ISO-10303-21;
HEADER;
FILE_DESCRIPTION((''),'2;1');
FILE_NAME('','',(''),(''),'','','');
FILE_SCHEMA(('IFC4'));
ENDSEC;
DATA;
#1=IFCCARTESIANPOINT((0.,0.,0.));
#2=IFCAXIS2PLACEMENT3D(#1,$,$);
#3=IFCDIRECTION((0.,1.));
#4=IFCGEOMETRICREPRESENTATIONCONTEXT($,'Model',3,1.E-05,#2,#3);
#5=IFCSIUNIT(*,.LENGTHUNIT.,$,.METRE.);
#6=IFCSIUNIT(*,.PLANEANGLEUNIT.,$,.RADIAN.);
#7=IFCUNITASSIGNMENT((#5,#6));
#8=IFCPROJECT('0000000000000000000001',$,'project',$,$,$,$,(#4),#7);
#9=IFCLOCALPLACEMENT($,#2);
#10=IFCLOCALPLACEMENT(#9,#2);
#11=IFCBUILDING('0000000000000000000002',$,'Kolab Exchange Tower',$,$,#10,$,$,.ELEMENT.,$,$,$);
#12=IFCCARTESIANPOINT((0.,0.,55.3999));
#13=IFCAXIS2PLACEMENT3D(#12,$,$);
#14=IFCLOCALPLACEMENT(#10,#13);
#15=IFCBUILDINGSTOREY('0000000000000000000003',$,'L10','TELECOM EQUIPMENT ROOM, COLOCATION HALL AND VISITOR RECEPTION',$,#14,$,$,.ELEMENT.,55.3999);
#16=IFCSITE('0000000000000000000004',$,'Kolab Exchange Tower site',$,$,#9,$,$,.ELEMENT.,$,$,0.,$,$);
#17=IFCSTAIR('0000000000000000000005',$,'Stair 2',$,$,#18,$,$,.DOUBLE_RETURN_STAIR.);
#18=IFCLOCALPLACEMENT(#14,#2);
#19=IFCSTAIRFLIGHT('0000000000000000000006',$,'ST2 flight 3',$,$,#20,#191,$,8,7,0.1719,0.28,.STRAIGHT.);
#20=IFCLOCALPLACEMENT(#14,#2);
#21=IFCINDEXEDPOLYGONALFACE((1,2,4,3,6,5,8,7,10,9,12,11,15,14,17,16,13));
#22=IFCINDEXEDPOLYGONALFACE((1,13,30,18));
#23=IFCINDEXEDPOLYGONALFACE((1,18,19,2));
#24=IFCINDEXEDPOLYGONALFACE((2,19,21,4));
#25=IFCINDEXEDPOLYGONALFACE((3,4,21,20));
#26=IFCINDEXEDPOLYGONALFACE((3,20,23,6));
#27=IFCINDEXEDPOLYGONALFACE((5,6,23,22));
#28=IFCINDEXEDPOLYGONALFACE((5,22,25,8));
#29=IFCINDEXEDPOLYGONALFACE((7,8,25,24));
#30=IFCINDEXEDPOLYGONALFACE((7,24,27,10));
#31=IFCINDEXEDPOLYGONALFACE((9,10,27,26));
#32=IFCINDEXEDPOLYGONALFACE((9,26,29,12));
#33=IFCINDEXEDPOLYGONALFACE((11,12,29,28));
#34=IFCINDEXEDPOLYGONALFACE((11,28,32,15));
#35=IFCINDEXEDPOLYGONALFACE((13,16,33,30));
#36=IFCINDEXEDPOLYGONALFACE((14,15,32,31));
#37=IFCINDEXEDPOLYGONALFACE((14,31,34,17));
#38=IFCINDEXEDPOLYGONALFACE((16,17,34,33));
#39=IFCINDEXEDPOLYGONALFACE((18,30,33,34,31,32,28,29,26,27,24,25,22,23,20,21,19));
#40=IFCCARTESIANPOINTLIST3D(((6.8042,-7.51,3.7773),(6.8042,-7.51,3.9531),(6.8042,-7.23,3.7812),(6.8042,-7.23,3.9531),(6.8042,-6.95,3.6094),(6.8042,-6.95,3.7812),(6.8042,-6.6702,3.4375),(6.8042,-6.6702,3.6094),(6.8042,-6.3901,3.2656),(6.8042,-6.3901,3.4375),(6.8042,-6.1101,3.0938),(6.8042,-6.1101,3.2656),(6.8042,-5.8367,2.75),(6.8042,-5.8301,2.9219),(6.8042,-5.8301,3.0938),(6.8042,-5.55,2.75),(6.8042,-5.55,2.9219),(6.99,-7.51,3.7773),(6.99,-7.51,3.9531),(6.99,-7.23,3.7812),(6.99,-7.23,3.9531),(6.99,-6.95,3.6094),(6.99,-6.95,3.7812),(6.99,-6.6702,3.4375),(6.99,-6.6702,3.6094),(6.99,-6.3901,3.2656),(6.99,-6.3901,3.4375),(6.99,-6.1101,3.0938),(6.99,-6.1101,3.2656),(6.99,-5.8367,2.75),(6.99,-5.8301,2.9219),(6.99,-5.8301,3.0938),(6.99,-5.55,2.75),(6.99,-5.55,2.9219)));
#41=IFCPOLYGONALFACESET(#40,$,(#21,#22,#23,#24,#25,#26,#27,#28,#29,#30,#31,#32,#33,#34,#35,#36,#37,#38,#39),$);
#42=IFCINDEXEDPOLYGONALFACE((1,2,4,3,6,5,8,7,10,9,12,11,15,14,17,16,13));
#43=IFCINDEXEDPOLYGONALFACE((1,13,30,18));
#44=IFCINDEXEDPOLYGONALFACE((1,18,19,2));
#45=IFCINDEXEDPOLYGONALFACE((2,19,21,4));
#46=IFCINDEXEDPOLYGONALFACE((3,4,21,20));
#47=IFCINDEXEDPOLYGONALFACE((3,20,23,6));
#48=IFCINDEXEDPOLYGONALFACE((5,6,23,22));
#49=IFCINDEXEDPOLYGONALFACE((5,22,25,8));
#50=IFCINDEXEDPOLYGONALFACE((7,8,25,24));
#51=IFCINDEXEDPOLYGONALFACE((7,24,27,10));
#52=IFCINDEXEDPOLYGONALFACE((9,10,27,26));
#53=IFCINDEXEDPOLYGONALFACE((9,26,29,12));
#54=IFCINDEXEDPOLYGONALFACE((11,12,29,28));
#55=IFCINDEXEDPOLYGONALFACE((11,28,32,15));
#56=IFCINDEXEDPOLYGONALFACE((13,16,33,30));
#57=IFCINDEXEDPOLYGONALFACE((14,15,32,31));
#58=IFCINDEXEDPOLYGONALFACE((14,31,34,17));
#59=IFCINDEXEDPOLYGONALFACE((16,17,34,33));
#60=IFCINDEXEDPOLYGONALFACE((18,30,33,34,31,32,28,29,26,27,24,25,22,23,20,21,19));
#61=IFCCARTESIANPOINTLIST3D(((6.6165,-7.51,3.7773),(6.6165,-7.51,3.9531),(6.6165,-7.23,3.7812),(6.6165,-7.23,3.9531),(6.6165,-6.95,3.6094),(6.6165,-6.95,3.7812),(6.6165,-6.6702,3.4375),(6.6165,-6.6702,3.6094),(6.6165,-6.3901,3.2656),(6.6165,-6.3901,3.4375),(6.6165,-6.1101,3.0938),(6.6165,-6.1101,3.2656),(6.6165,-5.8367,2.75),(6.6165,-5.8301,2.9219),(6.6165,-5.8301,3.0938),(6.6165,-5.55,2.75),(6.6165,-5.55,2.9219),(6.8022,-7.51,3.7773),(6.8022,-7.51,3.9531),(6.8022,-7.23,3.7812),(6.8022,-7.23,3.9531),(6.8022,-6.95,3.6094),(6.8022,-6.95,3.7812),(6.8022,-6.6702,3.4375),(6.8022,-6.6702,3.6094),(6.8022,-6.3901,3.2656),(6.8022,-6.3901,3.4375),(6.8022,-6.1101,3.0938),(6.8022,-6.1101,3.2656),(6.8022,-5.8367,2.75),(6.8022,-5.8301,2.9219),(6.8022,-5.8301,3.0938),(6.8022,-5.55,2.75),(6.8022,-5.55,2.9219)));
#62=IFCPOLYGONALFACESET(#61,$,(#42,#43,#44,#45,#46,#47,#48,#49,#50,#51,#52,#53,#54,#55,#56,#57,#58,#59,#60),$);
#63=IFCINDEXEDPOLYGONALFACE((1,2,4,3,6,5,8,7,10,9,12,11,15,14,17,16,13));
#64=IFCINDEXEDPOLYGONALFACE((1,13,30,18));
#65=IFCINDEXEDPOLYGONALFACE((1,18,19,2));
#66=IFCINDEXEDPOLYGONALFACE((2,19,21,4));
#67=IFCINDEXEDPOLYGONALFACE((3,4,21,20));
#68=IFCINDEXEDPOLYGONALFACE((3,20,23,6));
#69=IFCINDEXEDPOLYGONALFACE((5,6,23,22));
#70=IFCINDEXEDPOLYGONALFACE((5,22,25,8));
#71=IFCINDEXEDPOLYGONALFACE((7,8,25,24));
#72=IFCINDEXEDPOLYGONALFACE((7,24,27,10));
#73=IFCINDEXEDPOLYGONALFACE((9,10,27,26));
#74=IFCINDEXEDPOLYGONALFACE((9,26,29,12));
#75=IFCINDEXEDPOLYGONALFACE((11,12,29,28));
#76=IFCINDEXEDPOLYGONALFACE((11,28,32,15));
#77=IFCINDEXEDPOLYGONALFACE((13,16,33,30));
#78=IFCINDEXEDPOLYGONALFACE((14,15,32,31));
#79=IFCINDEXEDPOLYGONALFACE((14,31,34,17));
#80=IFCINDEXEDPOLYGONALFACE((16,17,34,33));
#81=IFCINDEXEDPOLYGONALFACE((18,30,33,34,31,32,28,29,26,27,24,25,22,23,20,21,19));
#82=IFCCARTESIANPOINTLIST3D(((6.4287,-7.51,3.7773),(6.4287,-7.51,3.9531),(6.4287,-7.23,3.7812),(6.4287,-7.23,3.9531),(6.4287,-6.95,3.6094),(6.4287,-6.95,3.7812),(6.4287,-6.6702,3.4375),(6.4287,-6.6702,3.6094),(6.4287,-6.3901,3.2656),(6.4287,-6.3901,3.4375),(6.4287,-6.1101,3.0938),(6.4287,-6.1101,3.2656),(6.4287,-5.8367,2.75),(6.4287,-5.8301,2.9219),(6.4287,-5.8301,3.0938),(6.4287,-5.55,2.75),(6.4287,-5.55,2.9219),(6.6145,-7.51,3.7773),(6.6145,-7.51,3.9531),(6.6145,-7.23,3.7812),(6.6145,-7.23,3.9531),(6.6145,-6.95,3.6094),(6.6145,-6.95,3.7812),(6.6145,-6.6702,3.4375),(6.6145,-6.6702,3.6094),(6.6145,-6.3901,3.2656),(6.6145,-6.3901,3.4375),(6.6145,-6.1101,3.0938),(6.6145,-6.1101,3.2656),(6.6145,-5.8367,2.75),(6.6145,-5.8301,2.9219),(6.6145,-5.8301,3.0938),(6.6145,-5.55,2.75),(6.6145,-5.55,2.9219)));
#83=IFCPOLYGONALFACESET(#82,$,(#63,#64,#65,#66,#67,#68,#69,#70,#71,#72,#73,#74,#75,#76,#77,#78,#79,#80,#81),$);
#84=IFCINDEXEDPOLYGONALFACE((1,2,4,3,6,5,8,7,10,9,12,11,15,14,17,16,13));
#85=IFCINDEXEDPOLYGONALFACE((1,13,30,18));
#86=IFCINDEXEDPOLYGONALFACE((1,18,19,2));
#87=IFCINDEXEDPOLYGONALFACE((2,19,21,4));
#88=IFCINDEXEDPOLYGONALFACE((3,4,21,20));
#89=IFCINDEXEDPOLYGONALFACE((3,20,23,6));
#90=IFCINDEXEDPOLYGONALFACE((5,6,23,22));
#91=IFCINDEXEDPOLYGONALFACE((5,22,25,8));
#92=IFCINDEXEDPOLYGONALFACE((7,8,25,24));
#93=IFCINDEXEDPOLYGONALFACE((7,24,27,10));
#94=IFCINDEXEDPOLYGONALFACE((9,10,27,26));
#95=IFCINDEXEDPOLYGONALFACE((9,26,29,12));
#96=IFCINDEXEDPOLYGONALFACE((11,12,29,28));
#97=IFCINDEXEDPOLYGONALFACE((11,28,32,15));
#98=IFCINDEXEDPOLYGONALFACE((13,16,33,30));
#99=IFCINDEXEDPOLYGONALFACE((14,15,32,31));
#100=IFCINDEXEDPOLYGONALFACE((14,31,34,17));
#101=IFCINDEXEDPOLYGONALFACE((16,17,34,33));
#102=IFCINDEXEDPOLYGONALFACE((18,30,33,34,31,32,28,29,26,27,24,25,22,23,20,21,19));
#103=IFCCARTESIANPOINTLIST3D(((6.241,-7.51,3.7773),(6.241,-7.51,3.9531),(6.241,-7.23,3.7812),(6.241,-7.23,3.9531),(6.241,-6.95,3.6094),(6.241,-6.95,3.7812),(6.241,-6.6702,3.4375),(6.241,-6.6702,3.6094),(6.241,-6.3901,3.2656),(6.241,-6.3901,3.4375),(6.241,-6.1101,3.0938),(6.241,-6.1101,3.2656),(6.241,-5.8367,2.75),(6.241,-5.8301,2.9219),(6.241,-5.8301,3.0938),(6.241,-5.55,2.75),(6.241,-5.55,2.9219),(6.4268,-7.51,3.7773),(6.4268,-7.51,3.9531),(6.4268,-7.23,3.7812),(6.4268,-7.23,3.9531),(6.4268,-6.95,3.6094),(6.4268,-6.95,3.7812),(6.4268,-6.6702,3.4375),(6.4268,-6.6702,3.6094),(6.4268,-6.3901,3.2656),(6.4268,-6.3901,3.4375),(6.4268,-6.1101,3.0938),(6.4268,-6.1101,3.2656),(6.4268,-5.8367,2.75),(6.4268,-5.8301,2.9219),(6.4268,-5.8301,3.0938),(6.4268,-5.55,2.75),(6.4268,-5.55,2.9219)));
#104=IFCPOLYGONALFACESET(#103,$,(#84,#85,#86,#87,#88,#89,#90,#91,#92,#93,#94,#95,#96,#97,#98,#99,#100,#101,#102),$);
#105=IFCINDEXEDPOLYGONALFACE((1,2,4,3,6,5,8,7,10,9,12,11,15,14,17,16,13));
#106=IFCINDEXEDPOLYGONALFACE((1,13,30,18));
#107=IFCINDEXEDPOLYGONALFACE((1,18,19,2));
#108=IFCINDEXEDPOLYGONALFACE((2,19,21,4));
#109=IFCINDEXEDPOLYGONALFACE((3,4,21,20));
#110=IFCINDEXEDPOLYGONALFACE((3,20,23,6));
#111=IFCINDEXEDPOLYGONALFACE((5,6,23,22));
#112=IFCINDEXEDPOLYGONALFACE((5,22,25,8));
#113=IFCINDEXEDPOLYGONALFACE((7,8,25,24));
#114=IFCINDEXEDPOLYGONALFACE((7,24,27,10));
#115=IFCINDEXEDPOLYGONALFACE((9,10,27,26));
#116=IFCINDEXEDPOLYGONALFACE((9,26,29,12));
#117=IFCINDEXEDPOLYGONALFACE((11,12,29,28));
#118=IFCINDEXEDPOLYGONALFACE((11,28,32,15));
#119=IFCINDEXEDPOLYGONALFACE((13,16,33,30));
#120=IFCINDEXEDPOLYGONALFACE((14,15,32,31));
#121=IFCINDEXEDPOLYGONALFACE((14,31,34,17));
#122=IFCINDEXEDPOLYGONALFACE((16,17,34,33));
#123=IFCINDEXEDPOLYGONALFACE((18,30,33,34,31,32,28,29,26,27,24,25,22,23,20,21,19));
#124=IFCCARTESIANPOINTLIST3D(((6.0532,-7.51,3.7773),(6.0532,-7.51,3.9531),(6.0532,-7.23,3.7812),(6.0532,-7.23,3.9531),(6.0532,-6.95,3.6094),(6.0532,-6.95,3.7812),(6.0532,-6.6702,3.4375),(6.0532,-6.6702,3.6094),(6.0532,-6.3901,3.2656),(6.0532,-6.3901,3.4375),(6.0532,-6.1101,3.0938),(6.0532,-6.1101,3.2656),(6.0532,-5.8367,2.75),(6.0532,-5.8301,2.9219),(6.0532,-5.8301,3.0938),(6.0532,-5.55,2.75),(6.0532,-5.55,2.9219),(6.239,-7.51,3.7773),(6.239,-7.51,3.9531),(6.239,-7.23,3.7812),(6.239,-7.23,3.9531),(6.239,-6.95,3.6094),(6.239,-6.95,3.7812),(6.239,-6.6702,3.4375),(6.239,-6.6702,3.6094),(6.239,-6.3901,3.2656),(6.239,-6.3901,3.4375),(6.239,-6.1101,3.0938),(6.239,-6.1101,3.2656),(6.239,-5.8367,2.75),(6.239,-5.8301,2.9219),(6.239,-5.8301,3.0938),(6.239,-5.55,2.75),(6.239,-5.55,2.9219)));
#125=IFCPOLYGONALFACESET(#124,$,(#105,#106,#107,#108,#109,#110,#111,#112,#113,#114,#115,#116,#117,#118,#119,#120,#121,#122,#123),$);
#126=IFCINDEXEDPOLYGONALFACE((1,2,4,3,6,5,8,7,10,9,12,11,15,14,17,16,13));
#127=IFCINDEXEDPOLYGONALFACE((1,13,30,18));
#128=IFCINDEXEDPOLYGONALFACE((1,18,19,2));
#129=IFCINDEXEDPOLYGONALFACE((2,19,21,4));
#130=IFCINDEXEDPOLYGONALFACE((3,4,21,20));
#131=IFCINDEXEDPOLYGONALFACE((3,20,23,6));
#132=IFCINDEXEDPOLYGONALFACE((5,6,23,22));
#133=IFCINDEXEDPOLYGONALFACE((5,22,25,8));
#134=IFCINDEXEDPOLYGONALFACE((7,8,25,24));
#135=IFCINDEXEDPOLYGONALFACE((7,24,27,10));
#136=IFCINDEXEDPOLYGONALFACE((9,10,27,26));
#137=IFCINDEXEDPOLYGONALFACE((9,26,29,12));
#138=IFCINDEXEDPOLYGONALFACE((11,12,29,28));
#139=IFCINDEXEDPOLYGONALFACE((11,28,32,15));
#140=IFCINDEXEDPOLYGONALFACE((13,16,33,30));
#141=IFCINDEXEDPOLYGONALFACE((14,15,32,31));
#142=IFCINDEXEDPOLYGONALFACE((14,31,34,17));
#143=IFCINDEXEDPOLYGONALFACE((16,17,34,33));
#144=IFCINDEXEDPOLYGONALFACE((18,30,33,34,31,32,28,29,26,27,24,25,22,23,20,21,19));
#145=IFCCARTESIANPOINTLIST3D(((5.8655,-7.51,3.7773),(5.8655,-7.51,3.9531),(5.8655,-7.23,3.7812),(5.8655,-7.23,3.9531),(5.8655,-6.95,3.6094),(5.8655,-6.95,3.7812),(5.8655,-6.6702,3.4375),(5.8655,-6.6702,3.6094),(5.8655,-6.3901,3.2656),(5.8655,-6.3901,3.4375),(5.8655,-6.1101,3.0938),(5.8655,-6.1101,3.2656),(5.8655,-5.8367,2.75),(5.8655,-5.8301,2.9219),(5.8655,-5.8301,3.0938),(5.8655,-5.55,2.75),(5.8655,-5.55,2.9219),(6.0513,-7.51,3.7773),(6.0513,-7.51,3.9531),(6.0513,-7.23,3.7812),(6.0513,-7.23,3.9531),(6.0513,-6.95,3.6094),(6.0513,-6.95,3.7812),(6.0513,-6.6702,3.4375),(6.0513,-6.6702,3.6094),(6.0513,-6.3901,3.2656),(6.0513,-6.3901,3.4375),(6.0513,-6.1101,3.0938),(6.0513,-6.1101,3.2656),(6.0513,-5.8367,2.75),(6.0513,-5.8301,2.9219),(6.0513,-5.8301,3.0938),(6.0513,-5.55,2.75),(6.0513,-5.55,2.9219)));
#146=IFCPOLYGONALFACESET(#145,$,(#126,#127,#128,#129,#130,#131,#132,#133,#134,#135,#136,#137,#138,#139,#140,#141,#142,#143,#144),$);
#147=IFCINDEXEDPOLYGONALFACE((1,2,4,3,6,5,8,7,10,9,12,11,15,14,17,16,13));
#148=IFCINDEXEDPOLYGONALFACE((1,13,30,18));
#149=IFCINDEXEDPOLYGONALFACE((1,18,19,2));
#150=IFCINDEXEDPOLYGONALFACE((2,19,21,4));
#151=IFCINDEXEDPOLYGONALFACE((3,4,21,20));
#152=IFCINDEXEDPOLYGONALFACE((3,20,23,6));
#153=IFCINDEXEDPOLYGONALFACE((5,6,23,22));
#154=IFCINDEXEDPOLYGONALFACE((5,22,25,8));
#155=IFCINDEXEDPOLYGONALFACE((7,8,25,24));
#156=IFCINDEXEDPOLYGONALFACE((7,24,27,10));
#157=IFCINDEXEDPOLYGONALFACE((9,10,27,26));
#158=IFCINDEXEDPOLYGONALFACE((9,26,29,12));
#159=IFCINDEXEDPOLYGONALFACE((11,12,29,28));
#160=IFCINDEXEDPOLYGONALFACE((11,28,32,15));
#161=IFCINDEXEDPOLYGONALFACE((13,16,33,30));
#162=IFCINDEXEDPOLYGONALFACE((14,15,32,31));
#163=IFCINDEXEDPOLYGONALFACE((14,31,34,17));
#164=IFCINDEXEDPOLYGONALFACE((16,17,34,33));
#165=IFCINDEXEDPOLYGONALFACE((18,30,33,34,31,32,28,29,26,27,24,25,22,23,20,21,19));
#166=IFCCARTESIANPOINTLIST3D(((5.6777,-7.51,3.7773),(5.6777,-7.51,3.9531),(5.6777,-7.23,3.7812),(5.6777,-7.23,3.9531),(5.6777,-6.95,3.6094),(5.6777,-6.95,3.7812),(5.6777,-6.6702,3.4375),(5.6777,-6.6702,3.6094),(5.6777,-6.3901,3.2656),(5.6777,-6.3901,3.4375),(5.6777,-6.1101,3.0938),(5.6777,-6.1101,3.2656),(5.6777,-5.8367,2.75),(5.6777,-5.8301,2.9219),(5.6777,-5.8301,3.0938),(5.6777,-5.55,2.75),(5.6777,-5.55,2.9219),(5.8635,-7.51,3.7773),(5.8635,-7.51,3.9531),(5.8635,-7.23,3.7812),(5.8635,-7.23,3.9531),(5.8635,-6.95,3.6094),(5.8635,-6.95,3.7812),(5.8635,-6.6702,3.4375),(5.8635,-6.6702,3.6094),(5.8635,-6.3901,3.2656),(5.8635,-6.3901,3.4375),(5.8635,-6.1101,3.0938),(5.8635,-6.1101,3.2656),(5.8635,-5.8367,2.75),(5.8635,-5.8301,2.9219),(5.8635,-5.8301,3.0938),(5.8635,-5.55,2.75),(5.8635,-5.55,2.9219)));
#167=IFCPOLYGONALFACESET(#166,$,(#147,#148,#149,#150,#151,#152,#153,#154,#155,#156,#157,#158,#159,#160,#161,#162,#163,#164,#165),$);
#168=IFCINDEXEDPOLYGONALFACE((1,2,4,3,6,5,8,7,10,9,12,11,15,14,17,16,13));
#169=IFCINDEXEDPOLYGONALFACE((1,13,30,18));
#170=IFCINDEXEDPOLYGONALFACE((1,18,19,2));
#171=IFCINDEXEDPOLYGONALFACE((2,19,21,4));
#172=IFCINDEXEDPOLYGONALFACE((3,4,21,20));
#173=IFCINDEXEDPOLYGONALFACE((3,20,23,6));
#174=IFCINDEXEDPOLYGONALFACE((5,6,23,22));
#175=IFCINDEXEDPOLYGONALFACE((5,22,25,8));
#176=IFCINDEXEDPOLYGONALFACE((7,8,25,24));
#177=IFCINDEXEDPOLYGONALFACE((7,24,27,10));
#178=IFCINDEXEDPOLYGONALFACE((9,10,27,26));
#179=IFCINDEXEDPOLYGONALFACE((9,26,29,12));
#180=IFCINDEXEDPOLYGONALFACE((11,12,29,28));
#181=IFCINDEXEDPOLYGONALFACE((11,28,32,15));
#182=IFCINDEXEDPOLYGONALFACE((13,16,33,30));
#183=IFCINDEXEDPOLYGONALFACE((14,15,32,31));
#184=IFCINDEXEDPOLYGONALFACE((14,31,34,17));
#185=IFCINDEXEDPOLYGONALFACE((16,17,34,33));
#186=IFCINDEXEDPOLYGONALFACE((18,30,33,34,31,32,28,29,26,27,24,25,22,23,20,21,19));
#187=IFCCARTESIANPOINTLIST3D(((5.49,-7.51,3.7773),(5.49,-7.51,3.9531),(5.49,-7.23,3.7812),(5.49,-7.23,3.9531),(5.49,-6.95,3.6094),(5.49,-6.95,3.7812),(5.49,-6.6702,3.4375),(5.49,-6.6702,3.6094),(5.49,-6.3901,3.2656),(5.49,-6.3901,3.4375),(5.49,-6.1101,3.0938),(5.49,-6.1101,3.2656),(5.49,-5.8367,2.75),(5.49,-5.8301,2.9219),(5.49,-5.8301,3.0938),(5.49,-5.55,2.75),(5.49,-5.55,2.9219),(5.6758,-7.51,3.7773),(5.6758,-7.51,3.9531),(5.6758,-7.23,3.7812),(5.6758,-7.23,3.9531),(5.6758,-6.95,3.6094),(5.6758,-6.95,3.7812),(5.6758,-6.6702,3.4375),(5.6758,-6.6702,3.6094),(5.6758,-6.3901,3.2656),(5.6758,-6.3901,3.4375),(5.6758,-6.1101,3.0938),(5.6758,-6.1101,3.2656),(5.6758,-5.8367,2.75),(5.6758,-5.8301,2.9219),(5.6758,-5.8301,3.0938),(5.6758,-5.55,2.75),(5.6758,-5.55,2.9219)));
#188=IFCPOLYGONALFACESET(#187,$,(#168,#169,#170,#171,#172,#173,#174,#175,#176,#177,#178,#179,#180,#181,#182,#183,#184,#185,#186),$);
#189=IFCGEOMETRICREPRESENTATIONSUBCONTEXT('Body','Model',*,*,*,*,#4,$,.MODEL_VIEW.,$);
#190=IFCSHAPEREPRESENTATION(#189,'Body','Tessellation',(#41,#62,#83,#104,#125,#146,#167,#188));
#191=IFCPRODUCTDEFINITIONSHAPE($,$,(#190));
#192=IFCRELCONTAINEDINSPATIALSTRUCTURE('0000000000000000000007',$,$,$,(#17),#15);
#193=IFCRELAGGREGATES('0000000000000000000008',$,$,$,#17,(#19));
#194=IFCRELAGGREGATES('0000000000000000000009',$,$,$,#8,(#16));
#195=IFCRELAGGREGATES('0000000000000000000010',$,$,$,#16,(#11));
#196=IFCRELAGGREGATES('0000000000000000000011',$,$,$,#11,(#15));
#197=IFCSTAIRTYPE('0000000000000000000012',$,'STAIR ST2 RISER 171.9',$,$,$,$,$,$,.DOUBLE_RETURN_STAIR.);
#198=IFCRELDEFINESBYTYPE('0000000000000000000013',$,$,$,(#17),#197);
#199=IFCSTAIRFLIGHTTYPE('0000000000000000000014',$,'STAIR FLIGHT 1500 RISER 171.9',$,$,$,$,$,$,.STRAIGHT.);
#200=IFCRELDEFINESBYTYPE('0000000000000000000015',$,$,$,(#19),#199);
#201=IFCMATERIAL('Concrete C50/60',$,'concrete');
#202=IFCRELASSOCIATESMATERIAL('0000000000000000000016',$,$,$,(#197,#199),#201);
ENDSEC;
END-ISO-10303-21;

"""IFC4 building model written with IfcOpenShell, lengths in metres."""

from ifc_helpers import new_model, si_unit, direction, frame, origin, place, context, subcontext, project, spatial, polyline, outline, extrude, material, type_object, element, aggregate, save


model = new_model("IFC4")

# Units and contexts
model_context = context("Model", 3, precision=1e-05, world=origin(), true_north=direction((0.0, 1.0)))
body_context = subcontext(model_context, "Body", "Model", "MODEL_VIEW")
ifc_project = project(units=[si_unit("LENGTHUNIT", "METRE"), si_unit("PLANEANGLEUNIT", "RADIAN")], contexts=[model_context])

# Site, building, storey
site_placement = place(None, origin())
site = spatial("IfcSite", under=ifc_project, at=site_placement, Name="Kolab Exchange Tower site", CompositionType="ELEMENT", RefElevation=0.0)
building_placement = place(site_placement, origin())
building = spatial("IfcBuilding", under=site, at=building_placement, Name="Kolab Exchange Tower", CompositionType="ELEMENT")
storey_placement = place(building_placement, frame((0.0, 0.0, 55.3999)))
storey = spatial("IfcBuildingStorey", under=building, at=storey_placement, Name="L10", Description="TELECOM EQUIPMENT ROOM, COLOCATION HALL AND VISITOR RECEPTION", CompositionType="ELEMENT", Elevation=55.3999)

# Shared definitions
ifc_material_1 = material(Name="Concrete C50/60", Category="concrete")

# Stair, stair flight
stair_type = type_object("IfcStairType", Name="STAIR ST2 RISER 171.9", PredefinedType="DOUBLE_RETURN_STAIR", material=ifc_material_1)
stair_placement = place(storey_placement, origin())
stair = element("IfcStair", 1, at=stair_placement, inside=storey, type_object=stair_type, Name="Stair 2", PredefinedType="DOUBLE_RETURN_STAIR")
stair_flight_type = type_object("IfcStairFlightType", Name="STAIR FLIGHT 1500 RISER 171.9", PredefinedType="STRAIGHT", material=ifc_material_1)
stair_flight_1_placement = place(storey_placement, frame((6.24, -5.55, 2.75), z_axis=(0.0, 0.0, 1.0), x_axis=(0.0, -1.0, 0.0)))
stair_flight_1 = element("IfcStairFlight", 2, at=stair_flight_1_placement, type_object=stair_flight_type, Name="ST2 flight 3", NumberOfRisers=8, NumberOfTreads=7, PredefinedType="STRAIGHT", RiserHeight=0.1719, TreadLength=0.28, context=body_context, shape_type="SweptSolid", body=[
    extrude(outline(polyline([(0.0, 0.0), (0.0, 0.1719), (0.28, 0.1719), (0.28, 0.3438), (0.5601, 0.3438), (0.5601, 0.5156), (0.8401, 0.5156), (0.8401, 0.6875), (1.1201, 0.6875), (1.1201, 0.8594), (1.3999, 0.8594), (1.3999, 1.0312), (1.6799, 1.0312), (1.6799, 1.2031), (1.96, 1.2031), (1.96, 1.375), (1.96, 1.0273), (0.2866, 0.0), (0.0, 0.0)])), frame((0.0, 0.75, 0.0), z_axis=(0.0, -1.0, 0.0), x_axis=(1.0, 0.0, 0.0)), (0.0, 0.0, 1.0), 0.1858),
    extrude(outline(polyline([(0.0, 0.0), (0.0, 0.1719), (0.28, 0.1719), (0.28, 0.3438), (0.5601, 0.3438), (0.5601, 0.5156), (0.8401, 0.5156), (0.8401, 0.6875), (1.1201, 0.6875), (1.1201, 0.8594), (1.3999, 0.8594), (1.3999, 1.0312), (1.6799, 1.0312), (1.6799, 1.2031), (1.96, 1.2031), (1.96, 1.375), (1.96, 1.0273), (0.2866, 0.0), (0.0, 0.0)])), frame((0.0, 0.5623, 0.0), z_axis=(0.0, -1.0, 0.0), x_axis=(1.0, 0.0, 0.0)), (0.0, 0.0, 1.0), 0.1858),
    extrude(outline(polyline([(0.0, 0.0), (0.0, 0.1719), (0.28, 0.1719), (0.28, 0.3438), (0.5601, 0.3438), (0.5601, 0.5156), (0.8401, 0.5156), (0.8401, 0.6875), (1.1201, 0.6875), (1.1201, 0.8594), (1.3999, 0.8594), (1.3999, 1.0312), (1.6799, 1.0312), (1.6799, 1.2031), (1.96, 1.2031), (1.96, 1.375), (1.96, 1.0273), (0.2866, 0.0), (0.0, 0.0)])), frame((0.0, 0.3745, 0.0), z_axis=(0.0, -1.0, 0.0), x_axis=(1.0, 0.0, 0.0)), (0.0, 0.0, 1.0), 0.1858),
    extrude(outline(polyline([(0.0, 0.0), (0.0, 0.1719), (0.28, 0.1719), (0.28, 0.3438), (0.5601, 0.3438), (0.5601, 0.5156), (0.8401, 0.5156), (0.8401, 0.6875), (1.1201, 0.6875), (1.1201, 0.8594), (1.3999, 0.8594), (1.3999, 1.0312), (1.6799, 1.0312), (1.6799, 1.2031), (1.96, 1.2031), (1.96, 1.375), (1.96, 1.0273), (0.2866, 0.0), (0.0, 0.0)])), frame((0.0, 0.1868, 0.0), z_axis=(0.0, -1.0, 0.0), x_axis=(1.0, 0.0, 0.0)), (0.0, 0.0, 1.0), 0.1858),
    extrude(outline(polyline([(0.0, 0.0), (0.0, 0.1719), (0.28, 0.1719), (0.28, 0.3438), (0.5601, 0.3438), (0.5601, 0.5156), (0.8401, 0.5156), (0.8401, 0.6875), (1.1201, 0.6875), (1.1201, 0.8594), (1.3999, 0.8594), (1.3999, 1.0312), (1.6799, 1.0312), (1.6799, 1.2031), (1.96, 1.2031), (1.96, 1.375), (1.96, 1.0273), (0.2866, 0.0), (0.0, 0.0)])), frame((0.0, -0.001, 0.0), z_axis=(0.0, -1.0, 0.0), x_axis=(1.0, 0.0, 0.0)), (0.0, 0.0, 1.0), 0.1858),
    extrude(outline(polyline([(0.0, 0.0), (0.0, 0.1719), (0.28, 0.1719), (0.28, 0.3438), (0.5601, 0.3438), (0.5601, 0.5156), (0.8401, 0.5156), (0.8401, 0.6875), (1.1201, 0.6875), (1.1201, 0.8594), (1.3999, 0.8594), (1.3999, 1.0312), (1.6799, 1.0312), (1.6799, 1.2031), (1.96, 1.2031), (1.96, 1.375), (1.96, 1.0273), (0.2866, 0.0), (0.0, 0.0)])), frame((0.0, -0.1887, 0.0), z_axis=(0.0, -1.0, 0.0), x_axis=(1.0, 0.0, 0.0)), (0.0, 0.0, 1.0), 0.1858),
    extrude(outline(polyline([(0.0, 0.0), (0.0, 0.1719), (0.28, 0.1719), (0.28, 0.3438), (0.5601, 0.3438), (0.5601, 0.5156), (0.8401, 0.5156), (0.8401, 0.6875), (1.1201, 0.6875), (1.1201, 0.8594), (1.3999, 0.8594), (1.3999, 1.0312), (1.6799, 1.0312), (1.6799, 1.2031), (1.96, 1.2031), (1.96, 1.375), (1.96, 1.0273), (0.2866, 0.0), (0.0, 0.0)])), frame((0.0, -0.3765, 0.0), z_axis=(0.0, -1.0, 0.0), x_axis=(1.0, 0.0, 0.0)), (0.0, 0.0, 1.0), 0.1858),
    extrude(outline(polyline([(0.0, 0.0), (0.0, 0.1719), (0.28, 0.1719), (0.28, 0.3438), (0.5601, 0.3438), (0.5601, 0.5156), (0.8401, 0.5156), (0.8401, 0.6875), (1.1201, 0.6875), (1.1201, 0.8594), (1.3999, 0.8594), (1.3999, 1.0312), (1.6799, 1.0312), (1.6799, 1.2031), (1.96, 1.2031), (1.96, 1.375), (1.96, 1.0273), (0.2866, 0.0), (0.0, 0.0)])), frame((0.0, -0.5642, 0.0), z_axis=(0.0, -1.0, 0.0), x_axis=(1.0, 0.0, 0.0)), (0.0, 0.0, 1.0), 0.1858),
])
aggregate(stair, [stair_flight_1])

save(model, "model.ifc")
